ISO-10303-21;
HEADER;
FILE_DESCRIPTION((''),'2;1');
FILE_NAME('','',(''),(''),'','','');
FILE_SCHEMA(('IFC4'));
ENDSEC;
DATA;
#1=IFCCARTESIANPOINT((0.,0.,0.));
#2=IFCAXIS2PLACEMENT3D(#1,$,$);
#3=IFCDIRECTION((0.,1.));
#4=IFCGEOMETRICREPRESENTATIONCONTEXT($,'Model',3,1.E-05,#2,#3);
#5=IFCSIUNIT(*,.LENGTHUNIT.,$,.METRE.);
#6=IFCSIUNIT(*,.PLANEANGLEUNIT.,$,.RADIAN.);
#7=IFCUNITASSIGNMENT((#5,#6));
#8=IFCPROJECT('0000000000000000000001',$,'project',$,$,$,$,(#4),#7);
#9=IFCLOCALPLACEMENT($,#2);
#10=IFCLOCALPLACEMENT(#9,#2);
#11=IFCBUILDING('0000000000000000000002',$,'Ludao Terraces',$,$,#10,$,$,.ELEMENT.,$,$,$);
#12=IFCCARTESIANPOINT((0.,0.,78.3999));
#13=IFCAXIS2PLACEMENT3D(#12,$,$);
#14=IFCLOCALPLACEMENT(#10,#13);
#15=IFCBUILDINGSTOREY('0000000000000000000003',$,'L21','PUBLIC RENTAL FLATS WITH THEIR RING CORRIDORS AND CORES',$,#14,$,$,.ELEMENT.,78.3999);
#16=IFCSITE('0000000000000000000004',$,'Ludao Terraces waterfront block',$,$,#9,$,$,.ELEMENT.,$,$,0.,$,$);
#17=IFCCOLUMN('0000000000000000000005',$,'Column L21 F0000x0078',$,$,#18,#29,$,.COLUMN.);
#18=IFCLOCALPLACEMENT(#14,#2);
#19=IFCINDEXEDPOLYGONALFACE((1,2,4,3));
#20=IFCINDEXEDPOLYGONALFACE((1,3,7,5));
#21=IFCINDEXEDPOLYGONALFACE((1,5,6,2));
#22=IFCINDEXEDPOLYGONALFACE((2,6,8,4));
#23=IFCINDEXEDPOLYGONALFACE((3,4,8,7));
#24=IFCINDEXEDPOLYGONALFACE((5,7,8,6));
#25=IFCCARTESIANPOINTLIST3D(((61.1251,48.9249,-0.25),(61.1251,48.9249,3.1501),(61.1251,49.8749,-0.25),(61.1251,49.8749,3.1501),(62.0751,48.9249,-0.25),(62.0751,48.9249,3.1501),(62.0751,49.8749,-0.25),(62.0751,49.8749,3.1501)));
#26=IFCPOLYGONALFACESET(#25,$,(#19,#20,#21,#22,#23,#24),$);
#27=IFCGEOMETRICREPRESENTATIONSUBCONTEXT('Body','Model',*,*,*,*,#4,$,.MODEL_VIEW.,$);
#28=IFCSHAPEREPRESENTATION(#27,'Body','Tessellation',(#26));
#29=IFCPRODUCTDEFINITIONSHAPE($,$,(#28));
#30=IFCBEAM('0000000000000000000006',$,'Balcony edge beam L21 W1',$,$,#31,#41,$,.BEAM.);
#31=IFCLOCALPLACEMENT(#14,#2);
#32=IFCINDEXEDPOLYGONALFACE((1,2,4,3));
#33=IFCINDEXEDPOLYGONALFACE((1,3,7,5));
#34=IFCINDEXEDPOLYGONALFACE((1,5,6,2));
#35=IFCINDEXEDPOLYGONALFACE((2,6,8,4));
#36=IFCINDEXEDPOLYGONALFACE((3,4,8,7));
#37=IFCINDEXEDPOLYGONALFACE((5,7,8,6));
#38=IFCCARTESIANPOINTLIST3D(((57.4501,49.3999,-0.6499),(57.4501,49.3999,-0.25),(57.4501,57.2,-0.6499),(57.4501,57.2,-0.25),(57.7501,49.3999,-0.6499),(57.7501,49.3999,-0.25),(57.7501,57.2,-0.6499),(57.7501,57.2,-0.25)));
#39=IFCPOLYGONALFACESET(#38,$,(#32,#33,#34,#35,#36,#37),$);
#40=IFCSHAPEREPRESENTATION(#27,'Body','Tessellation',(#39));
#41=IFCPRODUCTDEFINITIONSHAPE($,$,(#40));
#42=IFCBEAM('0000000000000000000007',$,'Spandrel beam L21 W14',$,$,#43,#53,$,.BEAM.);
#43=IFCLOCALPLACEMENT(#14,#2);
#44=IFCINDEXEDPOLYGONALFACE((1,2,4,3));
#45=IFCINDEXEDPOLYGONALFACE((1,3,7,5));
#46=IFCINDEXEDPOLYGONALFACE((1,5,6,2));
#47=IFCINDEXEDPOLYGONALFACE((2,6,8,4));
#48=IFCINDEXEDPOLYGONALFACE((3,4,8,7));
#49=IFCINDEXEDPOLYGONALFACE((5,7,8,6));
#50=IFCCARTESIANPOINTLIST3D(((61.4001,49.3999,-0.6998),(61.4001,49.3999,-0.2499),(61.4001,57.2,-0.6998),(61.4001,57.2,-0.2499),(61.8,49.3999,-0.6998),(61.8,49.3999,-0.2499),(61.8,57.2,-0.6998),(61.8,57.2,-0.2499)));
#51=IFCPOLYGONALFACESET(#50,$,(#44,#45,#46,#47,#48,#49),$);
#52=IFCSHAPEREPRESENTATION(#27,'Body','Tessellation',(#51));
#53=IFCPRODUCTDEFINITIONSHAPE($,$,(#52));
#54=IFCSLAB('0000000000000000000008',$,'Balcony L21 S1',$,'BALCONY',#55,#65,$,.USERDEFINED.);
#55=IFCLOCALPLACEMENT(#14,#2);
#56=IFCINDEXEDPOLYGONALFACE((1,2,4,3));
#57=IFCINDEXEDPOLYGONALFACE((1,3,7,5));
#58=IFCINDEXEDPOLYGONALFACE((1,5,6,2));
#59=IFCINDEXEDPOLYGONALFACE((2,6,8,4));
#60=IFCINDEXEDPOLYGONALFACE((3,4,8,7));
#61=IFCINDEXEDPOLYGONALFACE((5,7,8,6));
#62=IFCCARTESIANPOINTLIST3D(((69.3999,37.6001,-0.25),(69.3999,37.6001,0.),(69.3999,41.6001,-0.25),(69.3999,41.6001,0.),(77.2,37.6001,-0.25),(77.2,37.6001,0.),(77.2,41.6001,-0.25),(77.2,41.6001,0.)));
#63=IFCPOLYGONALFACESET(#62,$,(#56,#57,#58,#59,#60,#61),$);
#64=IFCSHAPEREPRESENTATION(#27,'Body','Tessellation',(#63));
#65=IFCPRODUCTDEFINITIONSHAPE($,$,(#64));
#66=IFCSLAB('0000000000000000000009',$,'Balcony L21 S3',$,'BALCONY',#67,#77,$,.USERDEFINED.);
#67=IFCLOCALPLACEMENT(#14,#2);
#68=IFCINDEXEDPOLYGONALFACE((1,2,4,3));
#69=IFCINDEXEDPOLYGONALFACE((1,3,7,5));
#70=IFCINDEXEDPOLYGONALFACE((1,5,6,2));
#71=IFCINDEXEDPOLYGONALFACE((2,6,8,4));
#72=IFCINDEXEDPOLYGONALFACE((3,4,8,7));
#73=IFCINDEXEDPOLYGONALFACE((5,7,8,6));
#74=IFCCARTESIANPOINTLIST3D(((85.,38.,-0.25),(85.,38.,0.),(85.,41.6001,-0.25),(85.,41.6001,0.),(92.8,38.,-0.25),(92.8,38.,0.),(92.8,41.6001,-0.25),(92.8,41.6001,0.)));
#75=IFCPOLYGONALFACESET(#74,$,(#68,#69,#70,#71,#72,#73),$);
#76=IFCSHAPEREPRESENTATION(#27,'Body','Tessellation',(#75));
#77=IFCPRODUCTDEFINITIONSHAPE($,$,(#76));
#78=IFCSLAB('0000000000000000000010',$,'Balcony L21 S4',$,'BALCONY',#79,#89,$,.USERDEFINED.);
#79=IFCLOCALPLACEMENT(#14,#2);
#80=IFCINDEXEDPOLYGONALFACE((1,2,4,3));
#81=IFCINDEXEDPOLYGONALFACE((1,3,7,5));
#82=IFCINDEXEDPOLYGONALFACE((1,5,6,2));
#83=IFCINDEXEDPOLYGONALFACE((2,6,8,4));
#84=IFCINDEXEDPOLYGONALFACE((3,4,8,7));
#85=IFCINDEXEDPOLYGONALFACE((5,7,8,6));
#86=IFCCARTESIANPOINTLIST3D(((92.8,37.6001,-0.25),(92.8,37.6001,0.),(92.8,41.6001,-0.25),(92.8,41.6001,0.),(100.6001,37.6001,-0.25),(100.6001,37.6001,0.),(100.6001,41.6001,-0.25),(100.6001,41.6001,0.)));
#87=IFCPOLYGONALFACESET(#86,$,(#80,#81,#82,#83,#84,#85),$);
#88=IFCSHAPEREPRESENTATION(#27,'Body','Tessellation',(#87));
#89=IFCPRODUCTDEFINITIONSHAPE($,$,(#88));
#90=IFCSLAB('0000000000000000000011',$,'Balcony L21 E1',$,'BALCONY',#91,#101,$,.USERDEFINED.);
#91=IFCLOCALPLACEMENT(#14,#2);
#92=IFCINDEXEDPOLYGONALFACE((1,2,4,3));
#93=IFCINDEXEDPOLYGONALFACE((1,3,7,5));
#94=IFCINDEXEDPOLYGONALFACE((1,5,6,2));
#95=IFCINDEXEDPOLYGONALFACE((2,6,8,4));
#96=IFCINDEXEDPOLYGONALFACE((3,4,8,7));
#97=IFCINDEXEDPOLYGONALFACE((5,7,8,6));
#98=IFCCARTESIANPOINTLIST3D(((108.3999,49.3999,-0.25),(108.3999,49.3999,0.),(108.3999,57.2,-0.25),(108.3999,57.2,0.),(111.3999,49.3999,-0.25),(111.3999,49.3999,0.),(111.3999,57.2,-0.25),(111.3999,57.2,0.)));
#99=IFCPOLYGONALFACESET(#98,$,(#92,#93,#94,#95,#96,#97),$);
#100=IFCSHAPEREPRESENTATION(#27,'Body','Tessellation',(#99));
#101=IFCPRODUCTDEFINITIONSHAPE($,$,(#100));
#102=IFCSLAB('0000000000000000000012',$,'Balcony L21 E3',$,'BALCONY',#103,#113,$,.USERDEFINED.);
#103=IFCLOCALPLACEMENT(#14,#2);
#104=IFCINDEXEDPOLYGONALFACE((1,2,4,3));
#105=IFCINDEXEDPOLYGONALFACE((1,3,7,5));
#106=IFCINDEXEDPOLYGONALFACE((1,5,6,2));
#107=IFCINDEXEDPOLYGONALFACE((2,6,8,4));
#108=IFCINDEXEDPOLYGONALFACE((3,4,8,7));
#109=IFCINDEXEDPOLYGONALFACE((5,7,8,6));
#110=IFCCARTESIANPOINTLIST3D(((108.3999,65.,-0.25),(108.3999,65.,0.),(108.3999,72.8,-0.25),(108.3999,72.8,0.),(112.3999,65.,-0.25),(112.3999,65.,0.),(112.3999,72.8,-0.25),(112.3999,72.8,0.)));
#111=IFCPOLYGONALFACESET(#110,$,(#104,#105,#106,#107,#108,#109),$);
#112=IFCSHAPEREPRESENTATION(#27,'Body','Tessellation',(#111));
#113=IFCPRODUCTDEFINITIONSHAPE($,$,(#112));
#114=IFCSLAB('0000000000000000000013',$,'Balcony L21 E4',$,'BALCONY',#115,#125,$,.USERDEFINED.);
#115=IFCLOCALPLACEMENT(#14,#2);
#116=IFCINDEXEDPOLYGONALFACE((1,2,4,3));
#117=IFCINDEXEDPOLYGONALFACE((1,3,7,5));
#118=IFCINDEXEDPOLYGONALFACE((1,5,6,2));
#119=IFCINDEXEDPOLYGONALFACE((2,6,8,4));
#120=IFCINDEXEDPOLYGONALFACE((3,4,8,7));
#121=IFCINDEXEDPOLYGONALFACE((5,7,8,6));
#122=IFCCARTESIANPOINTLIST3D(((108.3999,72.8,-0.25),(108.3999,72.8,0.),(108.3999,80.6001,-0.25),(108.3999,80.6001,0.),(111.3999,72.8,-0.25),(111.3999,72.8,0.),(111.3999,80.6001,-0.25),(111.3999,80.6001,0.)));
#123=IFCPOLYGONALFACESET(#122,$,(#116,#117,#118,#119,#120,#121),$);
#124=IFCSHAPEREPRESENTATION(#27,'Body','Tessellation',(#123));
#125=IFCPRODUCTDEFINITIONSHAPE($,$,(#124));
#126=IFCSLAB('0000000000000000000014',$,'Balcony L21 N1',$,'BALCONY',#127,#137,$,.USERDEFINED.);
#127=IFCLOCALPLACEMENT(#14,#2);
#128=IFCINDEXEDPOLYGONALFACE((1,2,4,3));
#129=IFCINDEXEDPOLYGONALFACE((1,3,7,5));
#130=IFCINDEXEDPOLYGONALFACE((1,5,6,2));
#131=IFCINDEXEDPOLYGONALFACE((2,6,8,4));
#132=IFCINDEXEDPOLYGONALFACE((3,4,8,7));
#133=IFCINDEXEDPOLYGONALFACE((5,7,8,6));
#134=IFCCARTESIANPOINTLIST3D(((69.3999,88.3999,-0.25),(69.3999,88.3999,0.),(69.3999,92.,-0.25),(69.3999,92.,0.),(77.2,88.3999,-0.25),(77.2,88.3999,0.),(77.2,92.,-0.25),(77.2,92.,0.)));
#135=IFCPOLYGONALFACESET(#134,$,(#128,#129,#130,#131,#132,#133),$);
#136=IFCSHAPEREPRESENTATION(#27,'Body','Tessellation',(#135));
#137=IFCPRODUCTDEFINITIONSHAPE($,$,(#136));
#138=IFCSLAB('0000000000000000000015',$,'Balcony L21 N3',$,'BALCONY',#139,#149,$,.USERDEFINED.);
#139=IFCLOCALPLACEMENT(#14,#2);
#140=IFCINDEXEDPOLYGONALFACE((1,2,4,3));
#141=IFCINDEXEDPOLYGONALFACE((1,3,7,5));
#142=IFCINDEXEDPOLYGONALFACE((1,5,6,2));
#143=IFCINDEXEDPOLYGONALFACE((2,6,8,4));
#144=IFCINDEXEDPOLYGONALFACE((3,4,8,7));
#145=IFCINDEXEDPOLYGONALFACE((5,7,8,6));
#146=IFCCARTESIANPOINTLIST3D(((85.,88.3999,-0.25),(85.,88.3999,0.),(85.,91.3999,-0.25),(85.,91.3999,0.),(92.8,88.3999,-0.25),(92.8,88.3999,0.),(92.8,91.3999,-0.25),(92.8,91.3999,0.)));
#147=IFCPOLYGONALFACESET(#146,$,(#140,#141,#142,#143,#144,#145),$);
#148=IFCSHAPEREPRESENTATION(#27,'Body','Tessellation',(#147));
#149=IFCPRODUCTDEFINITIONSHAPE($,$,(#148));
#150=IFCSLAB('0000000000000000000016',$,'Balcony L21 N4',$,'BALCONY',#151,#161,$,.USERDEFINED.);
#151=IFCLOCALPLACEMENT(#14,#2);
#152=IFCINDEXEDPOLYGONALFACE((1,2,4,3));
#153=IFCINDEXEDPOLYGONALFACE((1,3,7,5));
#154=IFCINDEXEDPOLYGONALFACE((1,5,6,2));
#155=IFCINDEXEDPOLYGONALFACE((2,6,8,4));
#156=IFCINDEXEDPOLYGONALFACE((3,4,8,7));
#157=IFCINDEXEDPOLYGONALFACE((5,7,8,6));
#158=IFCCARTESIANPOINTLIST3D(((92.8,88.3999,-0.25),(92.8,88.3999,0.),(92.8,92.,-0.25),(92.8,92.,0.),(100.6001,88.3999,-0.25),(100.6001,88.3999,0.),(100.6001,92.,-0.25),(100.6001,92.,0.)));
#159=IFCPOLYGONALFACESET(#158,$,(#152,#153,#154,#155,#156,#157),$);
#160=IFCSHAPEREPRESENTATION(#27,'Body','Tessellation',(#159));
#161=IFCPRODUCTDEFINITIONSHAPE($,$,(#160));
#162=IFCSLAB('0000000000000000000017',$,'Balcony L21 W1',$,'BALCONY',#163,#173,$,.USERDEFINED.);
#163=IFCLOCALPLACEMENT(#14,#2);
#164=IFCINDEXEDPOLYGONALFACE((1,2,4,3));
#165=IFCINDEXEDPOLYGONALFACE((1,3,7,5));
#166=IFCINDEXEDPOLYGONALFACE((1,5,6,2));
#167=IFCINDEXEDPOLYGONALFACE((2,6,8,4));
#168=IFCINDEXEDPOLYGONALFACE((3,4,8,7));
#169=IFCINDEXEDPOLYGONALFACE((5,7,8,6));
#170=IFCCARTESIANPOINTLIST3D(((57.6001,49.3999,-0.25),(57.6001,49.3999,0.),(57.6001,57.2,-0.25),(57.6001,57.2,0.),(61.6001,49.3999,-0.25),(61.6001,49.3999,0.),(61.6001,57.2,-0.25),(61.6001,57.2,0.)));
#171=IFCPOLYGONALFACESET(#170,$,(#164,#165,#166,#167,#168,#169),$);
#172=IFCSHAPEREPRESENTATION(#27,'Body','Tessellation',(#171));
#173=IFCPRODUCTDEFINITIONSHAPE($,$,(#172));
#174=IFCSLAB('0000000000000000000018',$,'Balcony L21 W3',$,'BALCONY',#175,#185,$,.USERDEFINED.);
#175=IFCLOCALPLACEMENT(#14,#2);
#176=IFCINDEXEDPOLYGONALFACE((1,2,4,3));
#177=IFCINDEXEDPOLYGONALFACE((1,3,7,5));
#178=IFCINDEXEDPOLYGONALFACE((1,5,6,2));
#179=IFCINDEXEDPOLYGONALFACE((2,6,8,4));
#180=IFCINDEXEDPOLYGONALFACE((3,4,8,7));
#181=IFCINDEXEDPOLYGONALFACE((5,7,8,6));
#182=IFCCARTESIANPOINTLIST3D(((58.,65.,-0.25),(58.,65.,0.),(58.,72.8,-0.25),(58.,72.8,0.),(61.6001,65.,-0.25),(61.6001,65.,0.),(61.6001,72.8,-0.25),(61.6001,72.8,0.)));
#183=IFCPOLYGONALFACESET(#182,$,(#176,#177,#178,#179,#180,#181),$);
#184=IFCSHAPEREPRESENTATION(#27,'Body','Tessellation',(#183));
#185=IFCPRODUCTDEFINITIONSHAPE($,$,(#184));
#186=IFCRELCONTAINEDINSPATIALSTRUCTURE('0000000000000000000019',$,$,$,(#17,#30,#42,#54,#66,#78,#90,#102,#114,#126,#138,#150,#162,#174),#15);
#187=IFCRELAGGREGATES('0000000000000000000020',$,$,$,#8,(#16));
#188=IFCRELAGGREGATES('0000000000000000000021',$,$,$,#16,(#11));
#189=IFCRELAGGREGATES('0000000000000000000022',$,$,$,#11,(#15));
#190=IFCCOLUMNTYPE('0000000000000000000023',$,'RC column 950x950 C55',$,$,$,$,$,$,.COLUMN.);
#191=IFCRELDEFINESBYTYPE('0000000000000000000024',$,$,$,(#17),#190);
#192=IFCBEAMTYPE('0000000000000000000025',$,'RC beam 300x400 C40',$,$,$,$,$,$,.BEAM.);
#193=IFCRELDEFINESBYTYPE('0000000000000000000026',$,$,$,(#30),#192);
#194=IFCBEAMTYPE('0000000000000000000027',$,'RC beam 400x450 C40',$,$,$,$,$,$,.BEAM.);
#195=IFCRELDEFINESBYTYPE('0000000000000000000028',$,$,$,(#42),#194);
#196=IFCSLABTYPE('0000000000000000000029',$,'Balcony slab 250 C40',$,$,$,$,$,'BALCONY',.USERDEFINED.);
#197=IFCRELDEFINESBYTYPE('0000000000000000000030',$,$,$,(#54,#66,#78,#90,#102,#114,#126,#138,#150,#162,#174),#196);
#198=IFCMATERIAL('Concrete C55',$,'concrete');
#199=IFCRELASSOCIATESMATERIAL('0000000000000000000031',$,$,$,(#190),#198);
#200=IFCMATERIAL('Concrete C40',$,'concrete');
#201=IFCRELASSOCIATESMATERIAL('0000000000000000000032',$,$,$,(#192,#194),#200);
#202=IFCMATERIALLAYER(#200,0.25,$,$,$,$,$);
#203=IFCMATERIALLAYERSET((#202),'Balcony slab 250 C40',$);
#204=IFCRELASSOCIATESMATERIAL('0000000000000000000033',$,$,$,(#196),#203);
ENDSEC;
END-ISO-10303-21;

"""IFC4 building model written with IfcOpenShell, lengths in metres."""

from ifc_helpers import new_model, si_unit, direction, frame, origin, origin_2d, place, context, subcontext, project, spatial, polyline, rectangle, outline, extrude, material, layer, layer_set, material_profile, profile_set, type_object, element, save


model = new_model("IFC4")

# Units and contexts
model_context = context("Model", 3, precision=1e-05, world=origin(), true_north=direction((0.0, 1.0)))
body_context = subcontext(model_context, "Body", "Model", "MODEL_VIEW")
ifc_project = project(units=[si_unit("LENGTHUNIT", "METRE"), si_unit("PLANEANGLEUNIT", "RADIAN")], contexts=[model_context])

# Site, building, storey
site_placement = place(None, origin())
site = spatial("IfcSite", under=ifc_project, at=site_placement, Name="Ludao Terraces waterfront block", CompositionType="ELEMENT", RefElevation=0.0)
building_placement = place(site_placement, origin())
building = spatial("IfcBuilding", under=site, at=building_placement, Name="Ludao Terraces", CompositionType="ELEMENT")
storey_placement = place(building_placement, frame((0.0, 0.0, 78.3999)))
storey = spatial("IfcBuildingStorey", under=building, at=storey_placement, Name="L21", Description="PUBLIC RENTAL FLATS WITH THEIR RING CORRIDORS AND CORES", CompositionType="ELEMENT", Elevation=78.3999)

# Column
ifc_material_1 = material(Name="Concrete C55", Category="concrete")
ifc_material_profile_1 = material_profile(ifc_material_1, rectangle(XDim=0.95, YDim=0.95, at=origin_2d()), Name="950 X 950")
ifc_profile_set_1 = profile_set([ifc_material_profile_1], Name="Concrete C55")
column_type = type_object("IfcColumnType", Name="RC column 950x950 C55", PredefinedType="COLUMN", material=ifc_profile_set_1)
column_placement = place(storey_placement, frame((61.6001, 49.3999, -0.25), z_axis=(0.0, 0.0, 1.0), x_axis=(1.0, 0.0, 0.0)))
element("IfcColumn", 1, at=column_placement, inside=storey, type_object=column_type, Name="Column L21 F0000x0078", PredefinedType="COLUMN", context=body_context, shape_type="SweptSolid", body=[
    extrude(rectangle(XDim=0.95, YDim=0.95, at=origin_2d()), origin(), (0.0, 0.0, 1.0), 3.4001),
])

# Beams
ifc_material_2 = material(Name="Concrete C40", Category="concrete")
ifc_material_profile_2 = material_profile(ifc_material_2, rectangle(XDim=0.3, YDim=0.3999, at=origin_2d()), Name="300 X 400")
ifc_profile_set_2 = profile_set([ifc_material_profile_2], Name="Concrete C40")
beam_type_1 = type_object("IfcBeamType", Name="RC beam 300x400 C40", PredefinedType="BEAM", material=ifc_profile_set_2)
beam_1_placement = place(storey_placement, frame((57.6001, 49.3999, -0.45), z_axis=(0.0, 1.0, 0.0), x_axis=(-1.0, 0.0, 0.0)))
element("IfcBeam", 2, at=beam_1_placement, inside=storey, type_object=beam_type_1, Name="Balcony edge beam L21 W1", PredefinedType="BEAM", context=body_context, shape_type="SweptSolid", body=[
    extrude(rectangle(XDim=0.3, YDim=0.3999, at=origin_2d()), origin(), (0.0, 0.0, 1.0), 7.8),
])
ifc_material_profile_3 = material_profile(ifc_material_2, rectangle(XDim=0.3999, YDim=0.45, at=origin_2d()), Name="400 X 450")
ifc_profile_set_3 = profile_set([ifc_material_profile_3], Name="Concrete C40")
beam_type_2 = type_object("IfcBeamType", Name="RC beam 400x450 C40", PredefinedType="BEAM", material=ifc_profile_set_3)
beam_2_placement = place(storey_placement, frame((61.6001, 49.3999, -0.4749), z_axis=(0.0, 1.0, 0.0), x_axis=(-1.0, 0.0, 0.0)))
element("IfcBeam", 3, at=beam_2_placement, inside=storey, type_object=beam_type_2, Name="Spandrel beam L21 W14", PredefinedType="BEAM", context=body_context, shape_type="SweptSolid", body=[
    extrude(rectangle(XDim=0.3999, YDim=0.45, at=origin_2d()), origin(), (0.0, 0.0, 1.0), 7.8),
])

# Slabs
ifc_layer_1 = layer(ifc_material_2, 0.25)
ifc_layer_set_1 = layer_set([ifc_layer_1], Name="Balcony slab 250 C40")
slab_type_1 = type_object("IfcSlabType", Name="Balcony slab 250 C40", ElementType="BALCONY", PredefinedType="USERDEFINED", material=ifc_layer_set_1)
slab_1_placement = place(storey_placement, frame((0.0, 0.0, -0.25)))
element("IfcSlab", 4, at=slab_1_placement, inside=storey, type_object=slab_type_1, Name="Balcony L21 S1", ObjectType="BALCONY", PredefinedType="USERDEFINED", context=body_context, shape_type="SweptSolid", body=[
    extrude(outline(polyline([(69.3999, 37.6001), (77.2, 37.6001), (77.2, 41.6001), (69.3999, 41.6001), (69.3999, 37.6001)])), origin(), (0.0, 0.0, 1.0), 0.25),
])
slab_2_placement = place(storey_placement, frame((0.0, 0.0, -0.25)))
element("IfcSlab", 5, at=slab_2_placement, inside=storey, type_object=slab_type_1, Name="Balcony L21 S3", ObjectType="BALCONY", PredefinedType="USERDEFINED", context=body_context, shape_type="SweptSolid", body=[
    extrude(outline(polyline([(85.0, 38.0), (92.8, 38.0), (92.8, 41.6001), (85.0, 41.6001), (85.0, 38.0)])), origin(), (0.0, 0.0, 1.0), 0.25),
])
slab_3_placement = place(storey_placement, frame((0.0, 0.0, -0.25)))
element("IfcSlab", 6, at=slab_3_placement, inside=storey, type_object=slab_type_1, Name="Balcony L21 S4", ObjectType="BALCONY", PredefinedType="USERDEFINED", context=body_context, shape_type="SweptSolid", body=[
    extrude(outline(polyline([(92.8, 37.6001), (100.6001, 37.6001), (100.6001, 41.6001), (92.8, 41.6001), (92.8, 37.6001)])), origin(), (0.0, 0.0, 1.0), 0.25),
])
slab_4_placement = place(storey_placement, frame((0.0, 0.0, -0.25)))
element("IfcSlab", 7, at=slab_4_placement, inside=storey, type_object=slab_type_1, Name="Balcony L21 E1", ObjectType="BALCONY", PredefinedType="USERDEFINED", context=body_context, shape_type="SweptSolid", body=[
    extrude(outline(polyline([(108.3999, 49.3999), (111.3999, 49.3999), (111.3999, 57.2), (108.3999, 57.2), (108.3999, 49.3999)])), origin(), (0.0, 0.0, 1.0), 0.25),
])
slab_5_placement = place(storey_placement, frame((0.0, 0.0, -0.25)))
element("IfcSlab", 8, at=slab_5_placement, inside=storey, type_object=slab_type_1, Name="Balcony L21 E3", ObjectType="BALCONY", PredefinedType="USERDEFINED", context=body_context, shape_type="SweptSolid", body=[
    extrude(outline(polyline([(108.3999, 65.0), (112.3999, 65.0), (112.3999, 72.8), (108.3999, 72.8), (108.3999, 65.0)])), origin(), (0.0, 0.0, 1.0), 0.25),
])
slab_6_placement = place(storey_placement, frame((0.0, 0.0, -0.25)))
element("IfcSlab", 9, at=slab_6_placement, inside=storey, type_object=slab_type_1, Name="Balcony L21 E4", ObjectType="BALCONY", PredefinedType="USERDEFINED", context=body_context, shape_type="SweptSolid", body=[
    extrude(outline(polyline([(108.3999, 72.8), (111.3999, 72.8), (111.3999, 80.6001), (108.3999, 80.6001), (108.3999, 72.8)])), origin(), (0.0, 0.0, 1.0), 0.25),
])
slab_7_placement = place(storey_placement, frame((0.0, 0.0, -0.25)))
element("IfcSlab", 10, at=slab_7_placement, inside=storey, type_object=slab_type_1, Name="Balcony L21 N1", ObjectType="BALCONY", PredefinedType="USERDEFINED", context=body_context, shape_type="SweptSolid", body=[
    extrude(outline(polyline([(69.3999, 88.3999), (77.2, 88.3999), (77.2, 92.0), (69.3999, 92.0), (69.3999, 88.3999)])), origin(), (0.0, 0.0, 1.0), 0.25),
])
slab_8_placement = place(storey_placement, frame((0.0, 0.0, -0.25)))
element("IfcSlab", 11, at=slab_8_placement, inside=storey, type_object=slab_type_1, Name="Balcony L21 N3", ObjectType="BALCONY", PredefinedType="USERDEFINED", context=body_context, shape_type="SweptSolid", body=[
    extrude(outline(polyline([(85.0, 88.3999), (92.8, 88.3999), (92.8, 91.3999), (85.0, 91.3999), (85.0, 88.3999)])), origin(), (0.0, 0.0, 1.0), 0.25),
])
slab_9_placement = place(storey_placement, frame((0.0, 0.0, -0.25)))
element("IfcSlab", 12, at=slab_9_placement, inside=storey, type_object=slab_type_1, Name="Balcony L21 N4", ObjectType="BALCONY", PredefinedType="USERDEFINED", context=body_context, shape_type="SweptSolid", body=[
    extrude(outline(polyline([(92.8, 88.3999), (100.6001, 88.3999), (100.6001, 92.0), (92.8, 92.0), (92.8, 88.3999)])), origin(), (0.0, 0.0, 1.0), 0.25),
])
slab_10_placement = place(storey_placement, frame((0.0, 0.0, -0.25)))
element("IfcSlab", 13, at=slab_10_placement, inside=storey, type_object=slab_type_1, Name="Balcony L21 W1", ObjectType="BALCONY", PredefinedType="USERDEFINED", context=body_context, shape_type="SweptSolid", body=[
    extrude(outline(polyline([(57.6001, 49.3999), (61.6001, 49.3999), (61.6001, 57.2), (57.6001, 57.2), (57.6001, 49.3999)])), origin(), (0.0, 0.0, 1.0), 0.25),
])
slab_11_placement = place(storey_placement, frame((0.0, 0.0, -0.25)))
element("IfcSlab", 14, at=slab_11_placement, inside=storey, type_object=slab_type_1, Name="Balcony L21 W3", ObjectType="BALCONY", PredefinedType="USERDEFINED", context=body_context, shape_type="SweptSolid", body=[
    extrude(outline(polyline([(58.0, 65.0), (61.6001, 65.0), (61.6001, 72.8), (58.0, 72.8), (58.0, 65.0)])), origin(), (0.0, 0.0, 1.0), 0.25),
])

save(model, "model.ifc")
